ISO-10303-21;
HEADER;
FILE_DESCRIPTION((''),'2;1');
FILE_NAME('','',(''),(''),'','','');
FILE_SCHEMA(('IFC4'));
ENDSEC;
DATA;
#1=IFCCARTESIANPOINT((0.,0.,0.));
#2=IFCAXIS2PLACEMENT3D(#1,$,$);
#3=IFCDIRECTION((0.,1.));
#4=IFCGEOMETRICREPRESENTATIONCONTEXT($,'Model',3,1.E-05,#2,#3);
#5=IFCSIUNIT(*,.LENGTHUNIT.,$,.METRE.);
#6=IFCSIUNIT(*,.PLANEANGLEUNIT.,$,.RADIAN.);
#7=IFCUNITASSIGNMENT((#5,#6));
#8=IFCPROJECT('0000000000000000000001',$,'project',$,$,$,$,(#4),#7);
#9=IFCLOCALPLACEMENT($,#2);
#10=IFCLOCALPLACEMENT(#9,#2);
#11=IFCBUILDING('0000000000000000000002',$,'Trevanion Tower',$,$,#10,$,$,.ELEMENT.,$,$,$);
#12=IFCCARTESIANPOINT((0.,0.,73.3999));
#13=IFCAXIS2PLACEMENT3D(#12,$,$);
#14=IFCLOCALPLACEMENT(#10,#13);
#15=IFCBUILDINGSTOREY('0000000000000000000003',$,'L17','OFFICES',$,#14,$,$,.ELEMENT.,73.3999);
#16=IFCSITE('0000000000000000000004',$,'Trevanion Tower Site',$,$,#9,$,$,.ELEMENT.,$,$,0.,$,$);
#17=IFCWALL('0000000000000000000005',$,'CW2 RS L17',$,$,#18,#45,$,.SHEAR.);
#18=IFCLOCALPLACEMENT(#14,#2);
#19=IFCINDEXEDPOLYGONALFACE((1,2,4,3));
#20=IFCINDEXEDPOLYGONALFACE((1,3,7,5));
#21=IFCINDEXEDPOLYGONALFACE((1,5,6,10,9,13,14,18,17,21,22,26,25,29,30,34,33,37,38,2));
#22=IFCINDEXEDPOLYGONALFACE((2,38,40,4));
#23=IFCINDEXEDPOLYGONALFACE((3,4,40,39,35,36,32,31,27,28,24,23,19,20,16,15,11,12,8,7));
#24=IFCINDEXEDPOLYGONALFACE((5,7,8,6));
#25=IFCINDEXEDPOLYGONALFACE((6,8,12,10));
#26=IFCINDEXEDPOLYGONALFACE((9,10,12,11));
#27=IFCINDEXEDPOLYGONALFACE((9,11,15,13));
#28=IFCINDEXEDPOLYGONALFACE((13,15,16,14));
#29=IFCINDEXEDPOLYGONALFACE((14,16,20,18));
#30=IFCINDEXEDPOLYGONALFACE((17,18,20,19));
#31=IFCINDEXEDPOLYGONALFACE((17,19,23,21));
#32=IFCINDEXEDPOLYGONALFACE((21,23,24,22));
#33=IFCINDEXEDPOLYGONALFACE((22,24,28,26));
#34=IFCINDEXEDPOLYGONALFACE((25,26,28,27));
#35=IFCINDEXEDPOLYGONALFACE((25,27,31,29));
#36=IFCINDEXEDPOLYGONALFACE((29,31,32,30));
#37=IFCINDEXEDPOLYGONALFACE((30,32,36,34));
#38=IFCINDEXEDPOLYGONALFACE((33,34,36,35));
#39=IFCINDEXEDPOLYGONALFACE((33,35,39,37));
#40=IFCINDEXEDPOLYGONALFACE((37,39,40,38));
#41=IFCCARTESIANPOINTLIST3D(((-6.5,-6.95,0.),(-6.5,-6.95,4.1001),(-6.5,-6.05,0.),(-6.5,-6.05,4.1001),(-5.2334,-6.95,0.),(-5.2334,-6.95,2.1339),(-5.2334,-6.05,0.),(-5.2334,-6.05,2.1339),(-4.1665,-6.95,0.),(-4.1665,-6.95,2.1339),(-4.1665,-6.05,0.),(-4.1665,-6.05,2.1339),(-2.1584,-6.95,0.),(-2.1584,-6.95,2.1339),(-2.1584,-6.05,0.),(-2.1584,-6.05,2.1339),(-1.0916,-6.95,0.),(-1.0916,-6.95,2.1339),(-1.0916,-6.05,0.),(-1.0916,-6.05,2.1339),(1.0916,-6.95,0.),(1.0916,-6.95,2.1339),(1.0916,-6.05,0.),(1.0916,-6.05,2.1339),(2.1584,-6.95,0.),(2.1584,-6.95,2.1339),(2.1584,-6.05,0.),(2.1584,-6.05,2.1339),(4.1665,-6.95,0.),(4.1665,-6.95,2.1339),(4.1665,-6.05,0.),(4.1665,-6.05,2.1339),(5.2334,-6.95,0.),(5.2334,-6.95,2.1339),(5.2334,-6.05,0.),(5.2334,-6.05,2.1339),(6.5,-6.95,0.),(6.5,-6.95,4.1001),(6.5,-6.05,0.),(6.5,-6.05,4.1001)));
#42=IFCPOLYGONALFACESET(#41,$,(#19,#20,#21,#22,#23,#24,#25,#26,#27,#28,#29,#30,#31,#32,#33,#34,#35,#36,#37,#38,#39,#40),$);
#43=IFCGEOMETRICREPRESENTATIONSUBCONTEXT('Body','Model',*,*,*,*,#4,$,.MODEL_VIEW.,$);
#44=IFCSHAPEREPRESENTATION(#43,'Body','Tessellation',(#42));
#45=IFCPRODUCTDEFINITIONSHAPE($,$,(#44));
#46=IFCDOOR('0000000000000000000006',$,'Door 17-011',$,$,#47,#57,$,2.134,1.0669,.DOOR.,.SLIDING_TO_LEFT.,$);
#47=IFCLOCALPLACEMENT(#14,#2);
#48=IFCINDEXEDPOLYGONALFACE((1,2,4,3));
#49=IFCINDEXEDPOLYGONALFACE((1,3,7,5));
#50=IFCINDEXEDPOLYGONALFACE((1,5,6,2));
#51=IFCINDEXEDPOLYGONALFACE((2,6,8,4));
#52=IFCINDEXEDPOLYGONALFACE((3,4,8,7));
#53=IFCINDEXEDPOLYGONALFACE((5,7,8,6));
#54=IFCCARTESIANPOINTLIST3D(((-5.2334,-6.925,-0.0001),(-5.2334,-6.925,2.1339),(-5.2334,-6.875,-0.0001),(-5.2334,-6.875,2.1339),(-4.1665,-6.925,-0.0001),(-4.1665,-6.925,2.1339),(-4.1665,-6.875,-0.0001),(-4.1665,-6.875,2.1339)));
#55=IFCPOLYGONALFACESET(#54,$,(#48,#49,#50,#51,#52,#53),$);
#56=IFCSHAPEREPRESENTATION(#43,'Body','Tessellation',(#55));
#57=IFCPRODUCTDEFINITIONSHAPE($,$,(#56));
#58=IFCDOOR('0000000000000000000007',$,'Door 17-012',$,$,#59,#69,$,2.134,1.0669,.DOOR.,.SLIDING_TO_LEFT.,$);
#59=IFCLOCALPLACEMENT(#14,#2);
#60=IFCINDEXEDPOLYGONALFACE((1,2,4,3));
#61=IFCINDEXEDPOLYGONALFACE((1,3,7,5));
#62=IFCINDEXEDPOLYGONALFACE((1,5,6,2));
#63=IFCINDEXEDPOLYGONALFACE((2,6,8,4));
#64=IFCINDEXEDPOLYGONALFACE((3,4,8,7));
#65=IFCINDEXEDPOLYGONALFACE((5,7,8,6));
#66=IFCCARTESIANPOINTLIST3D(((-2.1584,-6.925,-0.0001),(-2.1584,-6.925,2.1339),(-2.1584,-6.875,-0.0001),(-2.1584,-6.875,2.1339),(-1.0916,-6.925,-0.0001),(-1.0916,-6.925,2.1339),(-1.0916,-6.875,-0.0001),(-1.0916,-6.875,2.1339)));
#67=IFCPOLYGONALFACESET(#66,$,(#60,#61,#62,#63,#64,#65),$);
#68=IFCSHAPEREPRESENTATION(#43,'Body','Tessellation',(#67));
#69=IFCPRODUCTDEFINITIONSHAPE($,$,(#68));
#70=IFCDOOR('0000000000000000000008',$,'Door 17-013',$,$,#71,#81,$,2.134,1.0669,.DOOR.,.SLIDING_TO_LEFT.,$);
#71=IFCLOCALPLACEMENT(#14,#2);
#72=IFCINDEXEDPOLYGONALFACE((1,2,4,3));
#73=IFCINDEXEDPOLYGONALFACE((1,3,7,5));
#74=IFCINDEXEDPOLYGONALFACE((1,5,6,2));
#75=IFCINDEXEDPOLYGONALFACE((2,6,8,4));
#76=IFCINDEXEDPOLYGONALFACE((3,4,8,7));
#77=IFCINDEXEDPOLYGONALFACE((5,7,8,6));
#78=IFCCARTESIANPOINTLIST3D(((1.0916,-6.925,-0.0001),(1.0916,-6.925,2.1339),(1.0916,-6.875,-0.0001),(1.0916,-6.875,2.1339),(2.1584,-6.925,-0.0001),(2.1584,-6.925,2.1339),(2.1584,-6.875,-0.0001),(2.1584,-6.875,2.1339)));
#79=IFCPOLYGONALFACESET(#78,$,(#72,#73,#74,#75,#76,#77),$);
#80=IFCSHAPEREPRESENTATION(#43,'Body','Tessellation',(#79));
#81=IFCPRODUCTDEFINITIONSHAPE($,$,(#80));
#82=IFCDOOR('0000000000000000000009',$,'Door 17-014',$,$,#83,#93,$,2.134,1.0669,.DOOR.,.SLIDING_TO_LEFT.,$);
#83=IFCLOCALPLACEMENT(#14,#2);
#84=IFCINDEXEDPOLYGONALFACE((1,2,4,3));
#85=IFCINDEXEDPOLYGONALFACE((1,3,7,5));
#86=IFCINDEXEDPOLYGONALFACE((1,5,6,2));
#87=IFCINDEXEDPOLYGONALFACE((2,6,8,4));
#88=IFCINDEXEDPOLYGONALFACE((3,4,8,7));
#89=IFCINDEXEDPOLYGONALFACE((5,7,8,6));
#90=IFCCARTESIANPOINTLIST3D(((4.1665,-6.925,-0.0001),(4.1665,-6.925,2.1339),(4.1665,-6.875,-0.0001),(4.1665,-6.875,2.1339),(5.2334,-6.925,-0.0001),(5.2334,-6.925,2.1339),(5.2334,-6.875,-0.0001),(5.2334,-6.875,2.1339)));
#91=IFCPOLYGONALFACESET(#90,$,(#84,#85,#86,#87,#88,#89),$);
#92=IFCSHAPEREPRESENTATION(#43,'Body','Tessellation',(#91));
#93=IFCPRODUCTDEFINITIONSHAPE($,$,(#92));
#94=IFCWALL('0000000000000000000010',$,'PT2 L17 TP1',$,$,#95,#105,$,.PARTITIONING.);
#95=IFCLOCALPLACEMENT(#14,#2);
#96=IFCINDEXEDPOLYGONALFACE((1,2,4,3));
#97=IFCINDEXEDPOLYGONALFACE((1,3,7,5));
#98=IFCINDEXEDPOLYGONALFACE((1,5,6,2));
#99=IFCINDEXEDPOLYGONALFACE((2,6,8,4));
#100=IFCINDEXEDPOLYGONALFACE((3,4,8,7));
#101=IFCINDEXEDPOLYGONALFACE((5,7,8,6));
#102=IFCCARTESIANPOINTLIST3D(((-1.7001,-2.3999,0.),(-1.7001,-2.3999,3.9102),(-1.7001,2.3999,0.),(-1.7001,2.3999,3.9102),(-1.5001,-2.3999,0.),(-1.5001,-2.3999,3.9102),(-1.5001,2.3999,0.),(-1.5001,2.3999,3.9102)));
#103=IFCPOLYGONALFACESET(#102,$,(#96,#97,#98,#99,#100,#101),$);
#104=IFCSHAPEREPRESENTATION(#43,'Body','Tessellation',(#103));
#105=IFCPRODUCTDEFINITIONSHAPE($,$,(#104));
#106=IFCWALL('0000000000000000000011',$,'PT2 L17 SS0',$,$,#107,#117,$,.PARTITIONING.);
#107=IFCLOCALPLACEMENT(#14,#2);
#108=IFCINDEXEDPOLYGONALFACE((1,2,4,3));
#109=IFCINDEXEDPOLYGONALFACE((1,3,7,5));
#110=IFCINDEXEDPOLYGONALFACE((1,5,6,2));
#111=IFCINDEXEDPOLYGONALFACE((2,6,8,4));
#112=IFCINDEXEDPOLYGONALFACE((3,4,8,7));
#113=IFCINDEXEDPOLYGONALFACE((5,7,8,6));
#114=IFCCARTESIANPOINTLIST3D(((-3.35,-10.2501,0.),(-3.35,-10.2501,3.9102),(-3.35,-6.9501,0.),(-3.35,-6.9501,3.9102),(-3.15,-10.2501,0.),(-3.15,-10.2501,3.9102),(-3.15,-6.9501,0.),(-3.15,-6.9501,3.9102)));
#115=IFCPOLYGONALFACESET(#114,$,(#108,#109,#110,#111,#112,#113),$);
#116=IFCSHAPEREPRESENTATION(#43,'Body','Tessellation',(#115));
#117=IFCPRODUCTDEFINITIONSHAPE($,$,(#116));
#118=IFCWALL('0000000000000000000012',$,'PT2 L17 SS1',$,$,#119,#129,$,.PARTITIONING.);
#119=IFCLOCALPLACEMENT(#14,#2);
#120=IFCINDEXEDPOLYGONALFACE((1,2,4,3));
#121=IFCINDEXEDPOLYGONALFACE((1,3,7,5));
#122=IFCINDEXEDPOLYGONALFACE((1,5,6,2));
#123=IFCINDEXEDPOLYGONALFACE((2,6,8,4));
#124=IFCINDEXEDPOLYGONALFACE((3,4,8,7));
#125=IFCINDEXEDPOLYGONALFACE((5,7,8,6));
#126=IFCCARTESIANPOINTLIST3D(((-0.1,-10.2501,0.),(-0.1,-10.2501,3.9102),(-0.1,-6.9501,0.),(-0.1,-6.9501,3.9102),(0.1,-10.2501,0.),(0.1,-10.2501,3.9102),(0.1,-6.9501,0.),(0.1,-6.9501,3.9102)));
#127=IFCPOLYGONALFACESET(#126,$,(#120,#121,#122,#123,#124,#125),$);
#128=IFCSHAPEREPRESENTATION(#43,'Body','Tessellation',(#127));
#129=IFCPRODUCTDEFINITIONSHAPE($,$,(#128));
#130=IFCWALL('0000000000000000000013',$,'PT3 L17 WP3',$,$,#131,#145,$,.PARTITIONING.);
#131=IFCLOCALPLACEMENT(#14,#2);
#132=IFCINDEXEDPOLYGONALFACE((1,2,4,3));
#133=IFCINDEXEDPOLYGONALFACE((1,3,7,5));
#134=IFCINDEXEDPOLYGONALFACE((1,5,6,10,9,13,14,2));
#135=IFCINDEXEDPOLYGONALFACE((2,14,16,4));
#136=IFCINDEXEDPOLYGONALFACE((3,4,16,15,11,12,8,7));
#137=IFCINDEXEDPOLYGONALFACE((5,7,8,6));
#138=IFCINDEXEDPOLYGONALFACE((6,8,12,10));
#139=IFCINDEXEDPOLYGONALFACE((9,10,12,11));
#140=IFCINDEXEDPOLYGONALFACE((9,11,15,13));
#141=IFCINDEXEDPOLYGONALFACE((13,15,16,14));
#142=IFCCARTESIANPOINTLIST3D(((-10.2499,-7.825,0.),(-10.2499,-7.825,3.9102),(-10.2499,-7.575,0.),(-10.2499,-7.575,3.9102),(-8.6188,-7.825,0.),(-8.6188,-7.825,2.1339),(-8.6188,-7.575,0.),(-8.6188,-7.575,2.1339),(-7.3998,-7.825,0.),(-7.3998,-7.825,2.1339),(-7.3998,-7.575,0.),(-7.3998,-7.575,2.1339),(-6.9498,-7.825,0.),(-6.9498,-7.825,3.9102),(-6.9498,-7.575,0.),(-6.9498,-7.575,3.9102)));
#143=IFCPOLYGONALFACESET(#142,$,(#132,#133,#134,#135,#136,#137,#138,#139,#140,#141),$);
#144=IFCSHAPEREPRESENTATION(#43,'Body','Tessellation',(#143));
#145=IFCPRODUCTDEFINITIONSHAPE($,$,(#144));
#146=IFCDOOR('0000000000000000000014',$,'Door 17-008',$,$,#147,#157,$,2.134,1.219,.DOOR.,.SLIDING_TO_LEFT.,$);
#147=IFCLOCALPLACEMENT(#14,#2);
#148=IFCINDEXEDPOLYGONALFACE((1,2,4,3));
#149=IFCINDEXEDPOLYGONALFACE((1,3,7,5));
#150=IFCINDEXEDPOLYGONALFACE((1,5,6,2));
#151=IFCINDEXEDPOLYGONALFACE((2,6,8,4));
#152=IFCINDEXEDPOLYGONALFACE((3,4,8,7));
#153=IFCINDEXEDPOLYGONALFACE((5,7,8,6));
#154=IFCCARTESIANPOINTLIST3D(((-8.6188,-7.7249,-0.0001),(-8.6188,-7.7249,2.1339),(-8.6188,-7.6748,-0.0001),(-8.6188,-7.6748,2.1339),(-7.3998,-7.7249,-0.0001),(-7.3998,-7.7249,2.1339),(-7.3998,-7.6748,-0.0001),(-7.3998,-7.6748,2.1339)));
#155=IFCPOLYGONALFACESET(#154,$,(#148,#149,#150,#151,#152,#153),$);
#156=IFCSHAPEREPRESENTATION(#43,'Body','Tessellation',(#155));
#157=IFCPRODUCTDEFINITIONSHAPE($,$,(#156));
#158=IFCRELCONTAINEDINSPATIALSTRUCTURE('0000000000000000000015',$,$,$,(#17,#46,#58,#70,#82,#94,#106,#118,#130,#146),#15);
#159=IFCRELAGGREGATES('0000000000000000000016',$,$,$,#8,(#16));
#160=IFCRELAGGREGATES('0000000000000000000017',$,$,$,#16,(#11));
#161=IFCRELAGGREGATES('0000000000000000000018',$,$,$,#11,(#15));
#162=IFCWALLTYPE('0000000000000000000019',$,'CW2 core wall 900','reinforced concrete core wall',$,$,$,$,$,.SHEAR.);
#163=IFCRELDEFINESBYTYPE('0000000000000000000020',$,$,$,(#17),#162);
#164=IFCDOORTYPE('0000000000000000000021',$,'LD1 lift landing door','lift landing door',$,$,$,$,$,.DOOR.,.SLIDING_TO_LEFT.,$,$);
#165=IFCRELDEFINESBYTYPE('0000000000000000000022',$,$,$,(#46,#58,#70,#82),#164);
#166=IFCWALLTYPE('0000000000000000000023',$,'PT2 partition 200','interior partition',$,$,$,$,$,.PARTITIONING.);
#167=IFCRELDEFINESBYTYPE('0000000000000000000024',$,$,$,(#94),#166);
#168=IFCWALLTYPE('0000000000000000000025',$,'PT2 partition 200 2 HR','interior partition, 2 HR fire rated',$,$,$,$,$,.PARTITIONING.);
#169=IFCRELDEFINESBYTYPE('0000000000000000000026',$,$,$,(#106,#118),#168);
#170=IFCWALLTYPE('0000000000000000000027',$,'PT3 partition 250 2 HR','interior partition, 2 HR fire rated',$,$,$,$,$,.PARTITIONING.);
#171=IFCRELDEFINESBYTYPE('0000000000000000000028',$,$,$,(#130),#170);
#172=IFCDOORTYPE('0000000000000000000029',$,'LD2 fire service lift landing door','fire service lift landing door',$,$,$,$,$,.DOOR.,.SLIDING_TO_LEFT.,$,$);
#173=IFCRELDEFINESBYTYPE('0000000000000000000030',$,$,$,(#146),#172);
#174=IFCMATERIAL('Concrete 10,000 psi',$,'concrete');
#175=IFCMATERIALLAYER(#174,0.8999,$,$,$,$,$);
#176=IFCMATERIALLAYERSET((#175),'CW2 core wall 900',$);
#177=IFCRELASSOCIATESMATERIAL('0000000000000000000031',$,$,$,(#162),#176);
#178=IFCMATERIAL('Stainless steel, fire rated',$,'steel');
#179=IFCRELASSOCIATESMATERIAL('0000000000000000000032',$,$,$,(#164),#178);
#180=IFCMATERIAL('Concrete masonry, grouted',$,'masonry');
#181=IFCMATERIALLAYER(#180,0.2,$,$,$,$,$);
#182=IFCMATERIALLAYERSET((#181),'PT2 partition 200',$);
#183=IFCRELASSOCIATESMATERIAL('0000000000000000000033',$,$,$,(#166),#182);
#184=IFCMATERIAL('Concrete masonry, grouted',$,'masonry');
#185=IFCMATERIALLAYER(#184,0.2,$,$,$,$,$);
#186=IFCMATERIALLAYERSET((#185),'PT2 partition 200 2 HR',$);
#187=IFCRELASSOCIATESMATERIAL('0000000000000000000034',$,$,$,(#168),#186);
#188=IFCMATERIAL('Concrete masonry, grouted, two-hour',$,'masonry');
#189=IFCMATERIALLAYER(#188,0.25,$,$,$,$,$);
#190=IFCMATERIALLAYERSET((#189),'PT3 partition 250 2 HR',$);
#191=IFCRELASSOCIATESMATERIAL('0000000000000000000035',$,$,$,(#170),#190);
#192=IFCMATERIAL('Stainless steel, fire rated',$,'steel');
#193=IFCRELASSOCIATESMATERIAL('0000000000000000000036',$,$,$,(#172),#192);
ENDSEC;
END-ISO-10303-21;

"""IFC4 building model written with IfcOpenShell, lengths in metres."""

from ifc_helpers import new_model, si_unit, direction, frame, frame_2d, origin, place, context, subcontext, project, spatial, rectangle, extrude, material, layer, layer_set, type_object, element, fill, save


model = new_model("IFC4")

# Units and contexts
model_context = context("Model", 3, precision=1e-05, world=origin(), true_north=direction((0.0, 1.0)))
body_context = subcontext(model_context, "Body", "Model", "MODEL_VIEW")
ifc_project = project(units=[si_unit("LENGTHUNIT", "METRE"), si_unit("PLANEANGLEUNIT", "RADIAN")], contexts=[model_context])

# Site, building, storey
site_placement = place(None, origin())
site = spatial("IfcSite", under=ifc_project, at=site_placement, Name="Trevanion Tower Site", CompositionType="ELEMENT", RefElevation=0.0)
building_placement = place(site_placement, origin())
building = spatial("IfcBuilding", under=site, at=building_placement, Name="Trevanion Tower", CompositionType="ELEMENT")
storey_placement = place(building_placement, frame((0.0, 0.0, 73.3999)))
storey = spatial("IfcBuildingStorey", under=building, at=storey_placement, Name="L17", Description="OFFICES", CompositionType="ELEMENT", Elevation=73.3999)

# Shared definitions
ifc_material_1 = material(Name="Concrete 10,000 psi", Category="concrete")
ifc_layer_1 = layer(ifc_material_1, 0.8999)
ifc_layer_set_1 = layer_set([ifc_layer_1], Name="CW2 core wall 900")
wall_type_1 = type_object("IfcWallType", Name="CW2 core wall 900", Description="reinforced concrete core wall", PredefinedType="SHEAR", material=ifc_layer_set_1)

# Wall, openings, doors
wall_1_placement = place(storey_placement, frame((-6.5, -6.5, 0.0), z_axis=(0.0, 0.0, 1.0), x_axis=(1.0, 0.0, 0.0)))
wall_1 = element("IfcWall", 1, at=wall_1_placement, inside=storey, type_object=wall_type_1, Name="CW2 RS L17", PredefinedType="SHEAR", context=body_context, shape_type="SweptSolid", body=[
    extrude(rectangle(XDim=13.0, YDim=0.8999, at=frame_2d((6.5, 0.0))), origin(), (0.0, 0.0, 1.0), 4.1001),
])
opening_1_placement = place(wall_1_placement, frame((1.2666, 0.0, 0.0)))
opening_1 = element("IfcOpeningElement", 2, at=opening_1_placement, cuts=wall_1, PredefinedType="OPENING", context=body_context, shape_type="SweptSolid", body=[
    extrude(rectangle(XDim=1.0669, YDim=2.134, at=frame_2d((0.5334, 1.0669))), frame((0.0, 0.46, 0.0), z_axis=(0.0, -1.0, 0.0), x_axis=(1.0, 0.0, 0.0)), (0.0, 0.0, 1.0), 0.9199),
])
opening_2_placement = place(wall_1_placement, frame((4.3416, 0.0, 0.0)))
opening_2 = element("IfcOpeningElement", 3, at=opening_2_placement, cuts=wall_1, PredefinedType="OPENING", context=body_context, shape_type="SweptSolid", body=[
    extrude(rectangle(XDim=1.0669, YDim=2.134, at=frame_2d((0.5334, 1.0669))), frame((0.0, 0.46, 0.0), z_axis=(0.0, -1.0, 0.0), x_axis=(1.0, 0.0, 0.0)), (0.0, 0.0, 1.0), 0.9199),
])
opening_3_placement = place(wall_1_placement, frame((7.5916, 0.0, 0.0)))
opening_3 = element("IfcOpeningElement", 4, at=opening_3_placement, cuts=wall_1, PredefinedType="OPENING", context=body_context, shape_type="SweptSolid", body=[
    extrude(rectangle(XDim=1.0669, YDim=2.134, at=frame_2d((0.5334, 1.0669))), frame((0.0, 0.46, 0.0), z_axis=(0.0, -1.0, 0.0), x_axis=(1.0, 0.0, 0.0)), (0.0, 0.0, 1.0), 0.9199),
])
opening_4_placement = place(wall_1_placement, frame((10.6665, 0.0, 0.0)))
opening_4 = element("IfcOpeningElement", 5, at=opening_4_placement, cuts=wall_1, PredefinedType="OPENING", context=body_context, shape_type="SweptSolid", body=[
    extrude(rectangle(XDim=1.0669, YDim=2.134, at=frame_2d((0.5334, 1.0669))), frame((0.0, 0.46, 0.0), z_axis=(0.0, -1.0, 0.0), x_axis=(1.0, 0.0, 0.0)), (0.0, 0.0, 1.0), 0.9199),
])
ifc_material_2 = material(Name="Stainless steel, fire rated", Category="steel")
door_type_1 = type_object("IfcDoorType", Name="LD1 lift landing door", Description="lift landing door", OperationType="SLIDING_TO_LEFT", PredefinedType="DOOR", material=ifc_material_2)
door_1_placement = place(opening_1_placement, origin())
door_1 = element("IfcDoor", 6, at=door_1_placement, inside=storey, type_object=door_type_1, Name="Door 17-011", OperationType="SLIDING_TO_LEFT", OverallHeight=2.134, OverallWidth=1.0669, PredefinedType="DOOR", context=body_context, shape_type="SweptSolid", body=[
    extrude(rectangle(XDim=1.0669, YDim=2.134, at=frame_2d((0.5334, 1.0669))), frame((0.0, -0.375, 0.0), z_axis=(0.0, -1.0, 0.0), x_axis=(1.0, 0.0, 0.0)), (0.0, 0.0, 1.0), 0.05),
])
fill(opening_1, door_1)
door_2_placement = place(opening_2_placement, origin())
door_2 = element("IfcDoor", 7, at=door_2_placement, inside=storey, type_object=door_type_1, Name="Door 17-012", OperationType="SLIDING_TO_LEFT", OverallHeight=2.134, OverallWidth=1.0669, PredefinedType="DOOR", context=body_context, shape_type="SweptSolid", body=[
    extrude(rectangle(XDim=1.0669, YDim=2.134, at=frame_2d((0.5334, 1.0669))), frame((0.0, -0.375, 0.0), z_axis=(0.0, -1.0, 0.0), x_axis=(1.0, 0.0, 0.0)), (0.0, 0.0, 1.0), 0.05),
])
fill(opening_2, door_2)
door_3_placement = place(opening_3_placement, origin())
door_3 = element("IfcDoor", 8, at=door_3_placement, inside=storey, type_object=door_type_1, Name="Door 17-013", OperationType="SLIDING_TO_LEFT", OverallHeight=2.134, OverallWidth=1.0669, PredefinedType="DOOR", context=body_context, shape_type="SweptSolid", body=[
    extrude(rectangle(XDim=1.0669, YDim=2.134, at=frame_2d((0.5334, 1.0669))), frame((0.0, -0.375, 0.0), z_axis=(0.0, -1.0, 0.0), x_axis=(1.0, 0.0, 0.0)), (0.0, 0.0, 1.0), 0.05),
])
fill(opening_3, door_3)
door_4_placement = place(opening_4_placement, origin())
door_4 = element("IfcDoor", 9, at=door_4_placement, inside=storey, type_object=door_type_1, Name="Door 17-014", OperationType="SLIDING_TO_LEFT", OverallHeight=2.134, OverallWidth=1.0669, PredefinedType="DOOR", context=body_context, shape_type="SweptSolid", body=[
    extrude(rectangle(XDim=1.0669, YDim=2.134, at=frame_2d((0.5334, 1.0669))), frame((0.0, -0.375, 0.0), z_axis=(0.0, -1.0, 0.0), x_axis=(1.0, 0.0, 0.0)), (0.0, 0.0, 1.0), 0.05),
])
fill(opening_4, door_4)

# Walls
ifc_material_3 = material(Name="Concrete masonry, grouted", Category="masonry")
ifc_layer_2 = layer(ifc_material_3, 0.2)
ifc_layer_set_2 = layer_set([ifc_layer_2], Name="PT2 partition 200")
wall_type_2 = type_object("IfcWallType", Name="PT2 partition 200", Description="interior partition", PredefinedType="PARTITIONING", material=ifc_layer_set_2)
wall_2_placement = place(storey_placement, frame((-1.6001, -2.3999, 0.0), z_axis=(0.0, 0.0, 1.0), x_axis=(0.0, 1.0, 0.0)))
element("IfcWall", 10, at=wall_2_placement, inside=storey, type_object=wall_type_2, Name="PT2 L17 TP1", PredefinedType="PARTITIONING", context=body_context, shape_type="SweptSolid", body=[
    extrude(rectangle(XDim=4.7998, YDim=0.2, at=frame_2d((2.3999, 0.0))), origin(), (0.0, 0.0, 1.0), 3.9102),
])
ifc_material_4 = material(Name="Concrete masonry, grouted", Category="masonry")
ifc_layer_3 = layer(ifc_material_4, 0.2)
ifc_layer_set_3 = layer_set([ifc_layer_3], Name="PT2 partition 200 2 HR")
wall_type_3 = type_object("IfcWallType", Name="PT2 partition 200 2 HR", Description="interior partition, 2 HR fire rated", PredefinedType="PARTITIONING", material=ifc_layer_set_3)
for number, where, z_axis, x_axis, name in (
    (11, (-3.25, -10.25, 0.0), (0.0, 0.0, 1.0), (0.0, 1.0, 0.0), "PT2 L17 SS0"),
    (12, (0.0, -10.25, 0.0), (0.0, 0.0, 1.0), (0.0, 1.0, 0.0), "PT2 L17 SS1"),
):
    element("IfcWall", number, at=place(storey_placement, frame(where, z_axis=z_axis, x_axis=x_axis)), inside=storey, type_object=wall_type_3, Name=name, PredefinedType="PARTITIONING", context=body_context, shape_type="SweptSolid", body=[
        extrude(rectangle(XDim=3.3, YDim=0.2, at=frame_2d((1.6499, 0.0))), origin(), (0.0, 0.0, 1.0), 3.9102),
    ])

# Wall, opening, door
ifc_material_5 = material(Name="Concrete masonry, grouted, two-hour", Category="masonry")
ifc_layer_4 = layer(ifc_material_5, 0.25)
ifc_layer_set_4 = layer_set([ifc_layer_4], Name="PT3 partition 250 2 HR")
wall_type_4 = type_object("IfcWallType", Name="PT3 partition 250 2 HR", Description="interior partition, 2 HR fire rated", PredefinedType="PARTITIONING", material=ifc_layer_set_4)
wall_3_placement = place(storey_placement, frame((-6.95, -7.7, 0.0), z_axis=(0.0, 0.0, 1.0), x_axis=(-1.0, 0.0, 0.0)))
wall_3 = element("IfcWall", 13, at=wall_3_placement, inside=storey, type_object=wall_type_4, Name="PT3 L17 WP3", PredefinedType="PARTITIONING", context=body_context, shape_type="SweptSolid", body=[
    extrude(rectangle(XDim=3.3, YDim=0.25, at=frame_2d((1.6499, 0.0))), origin(), (0.0, 0.0, 1.0), 3.9102),
])
opening_5_placement = place(wall_3_placement, frame((0.45, 0.0, 0.0)))
opening_5 = element("IfcOpeningElement", 14, at=opening_5_placement, cuts=wall_3, PredefinedType="OPENING", context=body_context, shape_type="SweptSolid", body=[
    extrude(rectangle(XDim=1.219, YDim=2.134, at=frame_2d((0.6094, 1.0669))), frame((0.0, 0.135, 0.0), z_axis=(0.0, -1.0, 0.0), x_axis=(1.0, 0.0, 0.0)), (0.0, 0.0, 1.0), 0.27),
])
ifc_material_6 = material(Name="Stainless steel, fire rated", Category="steel")
door_type_2 = type_object("IfcDoorType", Name="LD2 fire service lift landing door", Description="fire service lift landing door", OperationType="SLIDING_TO_LEFT", PredefinedType="DOOR", material=ifc_material_6)
door_5_placement = place(opening_5_placement, origin())
door_5 = element("IfcDoor", 15, at=door_5_placement, inside=storey, type_object=door_type_2, Name="Door 17-008", OperationType="SLIDING_TO_LEFT", OverallHeight=2.134, OverallWidth=1.219, PredefinedType="DOOR", context=body_context, shape_type="SweptSolid", body=[
    extrude(rectangle(XDim=1.219, YDim=2.134, at=frame_2d((0.6094, 1.0669))), frame((0.0, 0.0249, 0.0), z_axis=(0.0, -1.0, 0.0), x_axis=(1.0, 0.0, 0.0)), (0.0, 0.0, 1.0), 0.05),
])
fill(opening_5, door_5)

save(model, "model.ifc")
